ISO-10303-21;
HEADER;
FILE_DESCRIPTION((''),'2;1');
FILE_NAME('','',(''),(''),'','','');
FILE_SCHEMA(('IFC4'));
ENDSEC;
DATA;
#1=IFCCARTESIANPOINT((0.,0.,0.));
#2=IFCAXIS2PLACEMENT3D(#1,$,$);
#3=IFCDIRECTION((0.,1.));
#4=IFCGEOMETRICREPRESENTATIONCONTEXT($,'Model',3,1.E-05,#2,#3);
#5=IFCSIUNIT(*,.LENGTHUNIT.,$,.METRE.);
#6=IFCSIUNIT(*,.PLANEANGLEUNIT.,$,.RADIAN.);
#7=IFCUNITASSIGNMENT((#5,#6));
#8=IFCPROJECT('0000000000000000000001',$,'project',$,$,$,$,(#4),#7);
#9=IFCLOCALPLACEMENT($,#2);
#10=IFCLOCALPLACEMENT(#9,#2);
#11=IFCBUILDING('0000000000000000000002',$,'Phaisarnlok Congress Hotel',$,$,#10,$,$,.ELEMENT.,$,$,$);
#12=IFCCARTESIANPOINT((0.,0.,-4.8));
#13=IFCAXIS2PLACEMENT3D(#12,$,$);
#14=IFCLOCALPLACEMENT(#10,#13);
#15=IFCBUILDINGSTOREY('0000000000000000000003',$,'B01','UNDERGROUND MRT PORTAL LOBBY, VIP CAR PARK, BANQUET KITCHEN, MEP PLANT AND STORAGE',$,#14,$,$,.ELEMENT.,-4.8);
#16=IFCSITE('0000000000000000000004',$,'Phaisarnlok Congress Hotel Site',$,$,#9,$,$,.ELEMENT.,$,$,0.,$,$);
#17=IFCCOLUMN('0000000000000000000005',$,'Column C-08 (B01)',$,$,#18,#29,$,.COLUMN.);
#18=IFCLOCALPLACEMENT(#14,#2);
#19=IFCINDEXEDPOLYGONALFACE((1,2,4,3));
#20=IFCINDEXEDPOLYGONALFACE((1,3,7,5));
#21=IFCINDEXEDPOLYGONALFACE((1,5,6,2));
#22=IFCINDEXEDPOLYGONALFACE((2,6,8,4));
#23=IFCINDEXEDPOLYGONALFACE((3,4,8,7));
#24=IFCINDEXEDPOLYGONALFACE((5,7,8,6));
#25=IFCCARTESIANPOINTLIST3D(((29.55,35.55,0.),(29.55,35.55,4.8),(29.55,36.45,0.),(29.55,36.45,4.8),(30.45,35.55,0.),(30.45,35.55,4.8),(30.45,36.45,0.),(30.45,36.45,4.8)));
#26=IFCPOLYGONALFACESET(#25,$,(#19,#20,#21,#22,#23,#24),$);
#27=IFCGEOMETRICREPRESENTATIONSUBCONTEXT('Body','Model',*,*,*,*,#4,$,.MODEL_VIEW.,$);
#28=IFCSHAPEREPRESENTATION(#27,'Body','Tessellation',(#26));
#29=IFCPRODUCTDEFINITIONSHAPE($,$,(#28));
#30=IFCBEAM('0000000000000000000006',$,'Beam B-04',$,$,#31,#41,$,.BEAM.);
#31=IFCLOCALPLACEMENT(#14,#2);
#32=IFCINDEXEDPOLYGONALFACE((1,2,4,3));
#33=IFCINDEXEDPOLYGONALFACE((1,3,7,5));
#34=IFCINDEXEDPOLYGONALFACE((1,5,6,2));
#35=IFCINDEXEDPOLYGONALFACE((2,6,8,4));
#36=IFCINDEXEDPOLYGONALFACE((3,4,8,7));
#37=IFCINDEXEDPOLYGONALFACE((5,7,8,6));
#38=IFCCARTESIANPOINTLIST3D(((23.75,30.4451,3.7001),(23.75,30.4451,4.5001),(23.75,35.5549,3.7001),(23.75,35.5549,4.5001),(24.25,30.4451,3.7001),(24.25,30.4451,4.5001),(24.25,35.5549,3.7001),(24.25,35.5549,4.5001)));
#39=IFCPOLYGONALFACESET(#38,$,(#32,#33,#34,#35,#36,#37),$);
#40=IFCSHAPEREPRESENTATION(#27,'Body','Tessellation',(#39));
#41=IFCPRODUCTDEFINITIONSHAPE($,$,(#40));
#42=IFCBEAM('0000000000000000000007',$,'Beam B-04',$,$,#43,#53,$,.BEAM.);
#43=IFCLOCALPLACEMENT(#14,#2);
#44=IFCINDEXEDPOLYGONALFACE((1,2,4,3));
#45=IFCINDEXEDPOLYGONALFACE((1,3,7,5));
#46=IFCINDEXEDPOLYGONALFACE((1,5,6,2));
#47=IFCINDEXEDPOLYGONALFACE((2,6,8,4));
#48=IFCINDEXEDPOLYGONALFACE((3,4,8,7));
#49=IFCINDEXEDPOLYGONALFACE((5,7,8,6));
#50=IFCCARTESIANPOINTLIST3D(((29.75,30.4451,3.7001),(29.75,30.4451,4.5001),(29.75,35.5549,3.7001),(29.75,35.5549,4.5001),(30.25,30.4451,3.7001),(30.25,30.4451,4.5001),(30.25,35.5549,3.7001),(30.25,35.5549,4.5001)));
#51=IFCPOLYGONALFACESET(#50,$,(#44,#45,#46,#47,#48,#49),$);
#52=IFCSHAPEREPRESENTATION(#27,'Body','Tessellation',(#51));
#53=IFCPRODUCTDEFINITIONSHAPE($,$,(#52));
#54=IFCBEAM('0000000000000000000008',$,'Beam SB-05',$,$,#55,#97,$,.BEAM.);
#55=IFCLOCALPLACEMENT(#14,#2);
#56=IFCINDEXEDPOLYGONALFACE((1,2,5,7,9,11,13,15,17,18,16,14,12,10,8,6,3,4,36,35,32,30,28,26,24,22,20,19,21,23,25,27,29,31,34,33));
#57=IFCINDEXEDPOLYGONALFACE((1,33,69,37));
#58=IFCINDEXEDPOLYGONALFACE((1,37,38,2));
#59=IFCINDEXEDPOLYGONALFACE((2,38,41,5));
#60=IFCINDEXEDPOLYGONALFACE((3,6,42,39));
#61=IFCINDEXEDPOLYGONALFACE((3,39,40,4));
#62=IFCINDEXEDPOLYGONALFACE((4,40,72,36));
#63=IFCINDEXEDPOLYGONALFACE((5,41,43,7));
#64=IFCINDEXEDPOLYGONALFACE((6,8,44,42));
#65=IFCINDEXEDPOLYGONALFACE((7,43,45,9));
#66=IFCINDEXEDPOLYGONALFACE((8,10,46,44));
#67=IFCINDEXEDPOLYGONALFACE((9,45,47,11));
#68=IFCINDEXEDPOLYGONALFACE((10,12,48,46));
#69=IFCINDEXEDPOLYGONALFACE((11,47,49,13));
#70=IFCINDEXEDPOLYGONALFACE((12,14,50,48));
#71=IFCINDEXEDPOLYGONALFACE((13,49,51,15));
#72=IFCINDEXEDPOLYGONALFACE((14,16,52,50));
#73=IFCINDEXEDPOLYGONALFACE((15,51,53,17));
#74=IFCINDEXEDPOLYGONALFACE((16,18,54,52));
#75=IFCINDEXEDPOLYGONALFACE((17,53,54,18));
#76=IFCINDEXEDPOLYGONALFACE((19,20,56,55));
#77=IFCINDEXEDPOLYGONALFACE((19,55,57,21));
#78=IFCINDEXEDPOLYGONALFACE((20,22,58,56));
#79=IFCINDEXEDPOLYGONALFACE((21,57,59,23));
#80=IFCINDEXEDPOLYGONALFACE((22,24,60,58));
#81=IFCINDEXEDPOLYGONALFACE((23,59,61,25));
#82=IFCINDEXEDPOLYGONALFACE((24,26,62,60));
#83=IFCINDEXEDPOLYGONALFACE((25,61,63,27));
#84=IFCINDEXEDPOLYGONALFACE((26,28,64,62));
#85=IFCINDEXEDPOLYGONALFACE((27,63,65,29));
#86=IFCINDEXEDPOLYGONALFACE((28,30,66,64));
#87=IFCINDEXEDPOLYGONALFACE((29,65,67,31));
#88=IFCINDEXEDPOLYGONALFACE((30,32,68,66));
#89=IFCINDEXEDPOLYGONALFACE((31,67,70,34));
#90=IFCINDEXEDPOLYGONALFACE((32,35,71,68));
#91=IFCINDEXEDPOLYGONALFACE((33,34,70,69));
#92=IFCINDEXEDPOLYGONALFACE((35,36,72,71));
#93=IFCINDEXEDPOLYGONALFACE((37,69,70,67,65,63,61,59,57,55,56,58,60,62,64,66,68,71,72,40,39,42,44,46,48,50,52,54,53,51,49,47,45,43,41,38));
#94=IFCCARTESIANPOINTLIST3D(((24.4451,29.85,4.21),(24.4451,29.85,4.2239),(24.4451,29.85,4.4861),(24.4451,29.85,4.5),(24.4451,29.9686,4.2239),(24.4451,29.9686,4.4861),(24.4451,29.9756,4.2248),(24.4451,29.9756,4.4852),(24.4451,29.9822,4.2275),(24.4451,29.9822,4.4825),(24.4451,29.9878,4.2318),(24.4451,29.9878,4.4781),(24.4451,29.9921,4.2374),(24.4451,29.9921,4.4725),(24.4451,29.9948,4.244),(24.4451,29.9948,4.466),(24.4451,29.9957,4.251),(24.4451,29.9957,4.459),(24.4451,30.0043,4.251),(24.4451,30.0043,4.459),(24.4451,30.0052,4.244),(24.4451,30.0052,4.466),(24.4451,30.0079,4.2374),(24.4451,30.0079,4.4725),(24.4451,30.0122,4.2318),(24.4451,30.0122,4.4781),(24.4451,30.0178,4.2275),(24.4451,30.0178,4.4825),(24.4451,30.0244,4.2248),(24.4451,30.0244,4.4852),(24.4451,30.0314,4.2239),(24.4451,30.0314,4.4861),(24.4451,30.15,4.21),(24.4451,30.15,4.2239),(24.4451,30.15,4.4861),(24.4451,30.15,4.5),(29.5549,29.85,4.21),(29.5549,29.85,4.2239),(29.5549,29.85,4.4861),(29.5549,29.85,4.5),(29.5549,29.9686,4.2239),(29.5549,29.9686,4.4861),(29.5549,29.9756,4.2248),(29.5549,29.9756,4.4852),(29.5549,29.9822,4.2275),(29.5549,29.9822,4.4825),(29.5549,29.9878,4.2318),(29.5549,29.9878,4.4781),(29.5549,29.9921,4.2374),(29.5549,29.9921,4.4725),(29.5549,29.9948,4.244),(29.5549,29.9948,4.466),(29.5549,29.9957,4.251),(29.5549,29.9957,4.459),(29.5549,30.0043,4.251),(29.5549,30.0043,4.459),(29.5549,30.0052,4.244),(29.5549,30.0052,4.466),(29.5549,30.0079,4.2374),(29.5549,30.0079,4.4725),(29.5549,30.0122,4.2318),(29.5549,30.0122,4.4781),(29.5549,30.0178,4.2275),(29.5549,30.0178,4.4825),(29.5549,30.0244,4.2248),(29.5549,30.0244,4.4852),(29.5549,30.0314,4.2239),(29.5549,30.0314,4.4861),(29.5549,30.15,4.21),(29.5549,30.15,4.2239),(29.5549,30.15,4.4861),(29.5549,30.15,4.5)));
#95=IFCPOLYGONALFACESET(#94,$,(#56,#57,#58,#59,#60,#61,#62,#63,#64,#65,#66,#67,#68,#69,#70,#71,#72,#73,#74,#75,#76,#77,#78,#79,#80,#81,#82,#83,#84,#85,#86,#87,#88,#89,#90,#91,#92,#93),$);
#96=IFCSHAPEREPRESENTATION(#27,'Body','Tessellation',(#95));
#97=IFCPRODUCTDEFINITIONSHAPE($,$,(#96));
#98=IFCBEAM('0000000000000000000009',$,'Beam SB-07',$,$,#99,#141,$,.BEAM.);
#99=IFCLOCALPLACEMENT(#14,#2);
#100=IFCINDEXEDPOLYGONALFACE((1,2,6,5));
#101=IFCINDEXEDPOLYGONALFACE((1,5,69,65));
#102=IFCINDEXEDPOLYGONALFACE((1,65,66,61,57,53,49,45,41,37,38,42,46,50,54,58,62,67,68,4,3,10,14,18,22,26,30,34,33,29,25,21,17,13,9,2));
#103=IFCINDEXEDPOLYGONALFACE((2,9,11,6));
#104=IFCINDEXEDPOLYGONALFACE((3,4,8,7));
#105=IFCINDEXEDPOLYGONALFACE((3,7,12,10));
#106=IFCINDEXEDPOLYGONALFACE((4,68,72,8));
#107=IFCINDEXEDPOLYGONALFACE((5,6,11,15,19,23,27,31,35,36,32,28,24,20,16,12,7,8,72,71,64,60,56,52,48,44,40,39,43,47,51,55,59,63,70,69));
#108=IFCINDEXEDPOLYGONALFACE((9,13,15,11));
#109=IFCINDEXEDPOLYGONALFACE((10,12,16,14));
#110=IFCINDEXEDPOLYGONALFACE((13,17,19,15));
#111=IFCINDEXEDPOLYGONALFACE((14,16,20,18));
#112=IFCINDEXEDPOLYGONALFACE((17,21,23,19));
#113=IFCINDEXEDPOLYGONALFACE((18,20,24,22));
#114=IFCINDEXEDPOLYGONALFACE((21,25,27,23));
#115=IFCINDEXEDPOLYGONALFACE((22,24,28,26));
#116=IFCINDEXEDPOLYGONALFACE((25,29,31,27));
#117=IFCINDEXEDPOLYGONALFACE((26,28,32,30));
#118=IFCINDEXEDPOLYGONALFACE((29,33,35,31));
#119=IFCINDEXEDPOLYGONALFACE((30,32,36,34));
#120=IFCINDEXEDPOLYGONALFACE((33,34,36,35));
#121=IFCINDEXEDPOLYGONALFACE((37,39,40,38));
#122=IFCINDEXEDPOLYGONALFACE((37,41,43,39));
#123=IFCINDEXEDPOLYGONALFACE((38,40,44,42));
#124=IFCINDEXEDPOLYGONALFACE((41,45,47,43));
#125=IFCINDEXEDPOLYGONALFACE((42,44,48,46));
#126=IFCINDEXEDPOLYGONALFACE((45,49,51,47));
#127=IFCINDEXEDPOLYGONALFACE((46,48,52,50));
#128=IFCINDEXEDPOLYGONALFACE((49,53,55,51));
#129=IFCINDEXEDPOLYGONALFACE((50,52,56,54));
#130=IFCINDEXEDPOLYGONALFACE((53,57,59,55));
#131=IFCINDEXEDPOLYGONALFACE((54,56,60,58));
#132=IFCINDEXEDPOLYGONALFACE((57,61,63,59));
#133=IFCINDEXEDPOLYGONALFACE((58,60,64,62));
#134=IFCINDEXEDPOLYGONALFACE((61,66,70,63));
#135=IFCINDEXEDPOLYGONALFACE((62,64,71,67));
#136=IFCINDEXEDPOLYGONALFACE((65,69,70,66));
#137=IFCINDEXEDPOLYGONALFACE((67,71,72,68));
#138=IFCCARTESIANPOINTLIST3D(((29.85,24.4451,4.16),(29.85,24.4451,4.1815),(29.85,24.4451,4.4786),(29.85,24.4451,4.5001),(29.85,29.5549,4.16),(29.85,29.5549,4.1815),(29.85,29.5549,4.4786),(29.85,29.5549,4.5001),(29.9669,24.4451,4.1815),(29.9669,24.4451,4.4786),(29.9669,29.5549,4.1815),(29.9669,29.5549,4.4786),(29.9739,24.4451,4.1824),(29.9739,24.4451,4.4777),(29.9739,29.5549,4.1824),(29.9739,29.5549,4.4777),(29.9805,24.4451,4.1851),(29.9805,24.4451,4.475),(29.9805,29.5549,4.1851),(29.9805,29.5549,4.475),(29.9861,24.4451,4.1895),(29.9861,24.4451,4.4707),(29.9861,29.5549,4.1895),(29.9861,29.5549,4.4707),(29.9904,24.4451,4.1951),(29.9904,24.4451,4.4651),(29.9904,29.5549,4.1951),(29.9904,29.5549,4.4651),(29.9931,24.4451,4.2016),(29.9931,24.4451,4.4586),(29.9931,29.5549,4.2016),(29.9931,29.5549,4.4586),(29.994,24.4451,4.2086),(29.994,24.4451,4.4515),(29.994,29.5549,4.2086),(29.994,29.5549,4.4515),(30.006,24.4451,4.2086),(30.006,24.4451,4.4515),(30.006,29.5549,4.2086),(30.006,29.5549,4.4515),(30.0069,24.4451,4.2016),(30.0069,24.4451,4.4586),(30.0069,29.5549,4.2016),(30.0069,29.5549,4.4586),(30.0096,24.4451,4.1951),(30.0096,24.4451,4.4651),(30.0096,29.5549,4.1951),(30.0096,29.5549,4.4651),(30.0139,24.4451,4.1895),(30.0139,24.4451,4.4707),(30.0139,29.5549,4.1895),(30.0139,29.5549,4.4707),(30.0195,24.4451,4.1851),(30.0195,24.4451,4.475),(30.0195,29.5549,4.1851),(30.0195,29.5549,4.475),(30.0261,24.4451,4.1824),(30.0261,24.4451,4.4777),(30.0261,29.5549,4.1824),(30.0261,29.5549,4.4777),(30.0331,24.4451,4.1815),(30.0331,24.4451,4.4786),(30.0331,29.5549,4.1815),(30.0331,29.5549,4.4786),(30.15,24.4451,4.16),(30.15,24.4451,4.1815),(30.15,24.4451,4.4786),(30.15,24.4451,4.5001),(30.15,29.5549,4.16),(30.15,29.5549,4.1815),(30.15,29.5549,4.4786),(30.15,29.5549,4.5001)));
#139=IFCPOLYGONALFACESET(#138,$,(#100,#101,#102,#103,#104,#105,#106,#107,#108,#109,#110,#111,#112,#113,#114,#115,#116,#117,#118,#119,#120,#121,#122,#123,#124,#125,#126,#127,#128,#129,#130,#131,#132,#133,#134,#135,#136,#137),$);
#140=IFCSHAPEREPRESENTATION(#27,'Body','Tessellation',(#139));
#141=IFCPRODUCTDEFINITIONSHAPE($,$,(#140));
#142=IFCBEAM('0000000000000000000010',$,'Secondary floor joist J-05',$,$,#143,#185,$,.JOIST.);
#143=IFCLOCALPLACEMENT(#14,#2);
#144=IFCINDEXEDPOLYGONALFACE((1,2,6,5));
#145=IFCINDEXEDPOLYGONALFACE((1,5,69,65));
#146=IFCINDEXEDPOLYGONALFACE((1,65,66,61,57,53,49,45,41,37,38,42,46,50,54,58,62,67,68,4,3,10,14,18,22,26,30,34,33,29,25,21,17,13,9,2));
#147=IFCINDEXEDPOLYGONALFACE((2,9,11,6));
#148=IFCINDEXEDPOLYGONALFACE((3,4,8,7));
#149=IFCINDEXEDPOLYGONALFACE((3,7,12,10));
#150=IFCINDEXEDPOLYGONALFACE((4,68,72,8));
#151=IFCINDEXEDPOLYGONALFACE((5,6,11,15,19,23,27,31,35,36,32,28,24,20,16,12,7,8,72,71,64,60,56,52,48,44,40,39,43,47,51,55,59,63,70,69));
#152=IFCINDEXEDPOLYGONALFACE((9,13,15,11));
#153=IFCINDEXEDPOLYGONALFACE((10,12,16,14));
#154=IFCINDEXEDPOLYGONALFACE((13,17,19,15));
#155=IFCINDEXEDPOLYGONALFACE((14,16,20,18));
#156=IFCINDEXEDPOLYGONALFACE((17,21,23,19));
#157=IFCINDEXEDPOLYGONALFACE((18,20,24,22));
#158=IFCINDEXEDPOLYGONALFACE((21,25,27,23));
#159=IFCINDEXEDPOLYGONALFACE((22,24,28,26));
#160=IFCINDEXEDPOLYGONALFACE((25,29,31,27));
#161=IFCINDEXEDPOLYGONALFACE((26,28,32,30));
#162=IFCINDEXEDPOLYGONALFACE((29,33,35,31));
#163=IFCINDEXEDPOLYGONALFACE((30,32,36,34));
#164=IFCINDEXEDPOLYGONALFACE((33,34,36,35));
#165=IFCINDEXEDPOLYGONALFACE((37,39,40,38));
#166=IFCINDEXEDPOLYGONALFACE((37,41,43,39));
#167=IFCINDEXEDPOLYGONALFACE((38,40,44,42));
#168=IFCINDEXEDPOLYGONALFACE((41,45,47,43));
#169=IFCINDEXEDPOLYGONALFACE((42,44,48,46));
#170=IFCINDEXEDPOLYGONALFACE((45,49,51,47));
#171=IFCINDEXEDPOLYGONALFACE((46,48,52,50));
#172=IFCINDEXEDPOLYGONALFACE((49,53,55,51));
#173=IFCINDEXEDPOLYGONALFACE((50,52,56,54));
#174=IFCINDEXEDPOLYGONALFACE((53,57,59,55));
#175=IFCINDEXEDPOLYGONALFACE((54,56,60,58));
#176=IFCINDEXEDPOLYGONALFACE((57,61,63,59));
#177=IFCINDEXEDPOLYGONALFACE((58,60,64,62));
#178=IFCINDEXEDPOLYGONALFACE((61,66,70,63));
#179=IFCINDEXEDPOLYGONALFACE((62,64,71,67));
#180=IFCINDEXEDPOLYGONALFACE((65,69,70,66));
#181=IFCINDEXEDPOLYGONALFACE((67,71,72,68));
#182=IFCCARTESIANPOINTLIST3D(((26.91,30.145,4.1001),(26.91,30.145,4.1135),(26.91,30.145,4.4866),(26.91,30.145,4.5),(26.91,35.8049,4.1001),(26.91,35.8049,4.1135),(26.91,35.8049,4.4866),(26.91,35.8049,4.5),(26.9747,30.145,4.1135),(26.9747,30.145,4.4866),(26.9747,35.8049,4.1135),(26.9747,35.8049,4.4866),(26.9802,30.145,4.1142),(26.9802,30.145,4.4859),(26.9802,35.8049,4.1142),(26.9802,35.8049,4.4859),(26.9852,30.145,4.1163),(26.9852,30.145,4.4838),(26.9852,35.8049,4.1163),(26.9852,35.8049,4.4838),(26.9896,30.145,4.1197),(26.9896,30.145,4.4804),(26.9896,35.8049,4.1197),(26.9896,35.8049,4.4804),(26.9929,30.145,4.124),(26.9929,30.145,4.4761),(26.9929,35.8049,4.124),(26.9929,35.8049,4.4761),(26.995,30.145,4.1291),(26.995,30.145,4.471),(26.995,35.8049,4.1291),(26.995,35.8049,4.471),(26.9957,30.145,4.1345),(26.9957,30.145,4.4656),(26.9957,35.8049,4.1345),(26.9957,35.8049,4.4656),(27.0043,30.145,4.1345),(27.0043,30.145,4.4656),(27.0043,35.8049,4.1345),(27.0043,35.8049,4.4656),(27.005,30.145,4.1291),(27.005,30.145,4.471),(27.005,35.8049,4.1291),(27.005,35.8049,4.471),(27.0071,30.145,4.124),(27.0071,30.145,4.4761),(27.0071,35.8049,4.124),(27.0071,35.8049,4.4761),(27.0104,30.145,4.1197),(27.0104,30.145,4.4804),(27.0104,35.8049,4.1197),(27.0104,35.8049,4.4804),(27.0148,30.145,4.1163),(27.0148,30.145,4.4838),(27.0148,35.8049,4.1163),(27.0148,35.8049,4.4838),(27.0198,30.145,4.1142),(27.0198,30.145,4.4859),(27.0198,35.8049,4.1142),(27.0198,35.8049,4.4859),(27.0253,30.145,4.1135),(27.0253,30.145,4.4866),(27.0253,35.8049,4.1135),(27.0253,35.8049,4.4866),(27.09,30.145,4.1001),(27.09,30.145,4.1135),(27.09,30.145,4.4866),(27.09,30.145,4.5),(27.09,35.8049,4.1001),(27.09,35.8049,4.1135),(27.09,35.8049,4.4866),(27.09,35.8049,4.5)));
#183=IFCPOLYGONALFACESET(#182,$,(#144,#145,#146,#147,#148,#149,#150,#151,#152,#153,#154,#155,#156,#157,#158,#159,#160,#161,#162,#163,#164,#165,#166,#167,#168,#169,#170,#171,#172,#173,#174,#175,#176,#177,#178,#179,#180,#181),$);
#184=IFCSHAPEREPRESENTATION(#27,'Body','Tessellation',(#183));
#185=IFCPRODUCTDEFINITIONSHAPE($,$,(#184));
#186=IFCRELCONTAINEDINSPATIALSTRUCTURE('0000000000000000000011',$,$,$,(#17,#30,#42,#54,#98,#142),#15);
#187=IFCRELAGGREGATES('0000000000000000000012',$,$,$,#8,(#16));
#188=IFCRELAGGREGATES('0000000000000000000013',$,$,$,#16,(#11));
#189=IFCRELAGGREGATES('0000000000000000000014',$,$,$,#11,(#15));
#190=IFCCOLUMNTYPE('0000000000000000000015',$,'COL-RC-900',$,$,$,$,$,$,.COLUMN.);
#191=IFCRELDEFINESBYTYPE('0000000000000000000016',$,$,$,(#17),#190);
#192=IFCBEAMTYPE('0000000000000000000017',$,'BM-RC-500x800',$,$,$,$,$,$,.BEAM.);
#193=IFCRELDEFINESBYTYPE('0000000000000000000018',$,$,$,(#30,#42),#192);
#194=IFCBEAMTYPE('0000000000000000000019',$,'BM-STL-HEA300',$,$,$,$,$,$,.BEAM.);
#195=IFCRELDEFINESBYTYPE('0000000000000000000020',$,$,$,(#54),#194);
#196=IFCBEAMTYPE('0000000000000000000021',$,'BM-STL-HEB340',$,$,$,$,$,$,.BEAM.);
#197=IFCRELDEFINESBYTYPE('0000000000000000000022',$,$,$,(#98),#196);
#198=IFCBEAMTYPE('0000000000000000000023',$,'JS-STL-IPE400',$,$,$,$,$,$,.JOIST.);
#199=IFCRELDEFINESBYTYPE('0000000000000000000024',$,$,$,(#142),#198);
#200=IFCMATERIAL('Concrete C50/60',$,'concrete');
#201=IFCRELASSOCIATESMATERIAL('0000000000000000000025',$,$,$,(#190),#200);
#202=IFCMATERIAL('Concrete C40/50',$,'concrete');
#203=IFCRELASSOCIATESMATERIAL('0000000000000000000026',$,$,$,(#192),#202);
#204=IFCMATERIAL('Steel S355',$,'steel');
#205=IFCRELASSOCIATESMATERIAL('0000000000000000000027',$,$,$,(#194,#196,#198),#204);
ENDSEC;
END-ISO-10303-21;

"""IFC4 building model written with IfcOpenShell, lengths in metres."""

from ifc_helpers import new_model, si_unit, direction, frame, origin, origin_2d, place, context, subcontext, project, spatial, rectangle, i_section, extrude, material, material_profile, profile_set, type_object, element, save


model = new_model("IFC4")

# Units and contexts
model_context = context("Model", 3, precision=1e-05, world=origin(), true_north=direction((0.0, 1.0)))
body_context = subcontext(model_context, "Body", "Model", "MODEL_VIEW")
ifc_project = project(units=[si_unit("LENGTHUNIT", "METRE"), si_unit("PLANEANGLEUNIT", "RADIAN")], contexts=[model_context])

# Site, building, storey
site_placement = place(None, origin())
site = spatial("IfcSite", under=ifc_project, at=site_placement, Name="Phaisarnlok Congress Hotel Site", CompositionType="ELEMENT", RefElevation=0.0)
building_placement = place(site_placement, origin())
building = spatial("IfcBuilding", under=site, at=building_placement, Name="Phaisarnlok Congress Hotel", CompositionType="ELEMENT")
storey_placement = place(building_placement, frame((0.0, 0.0, -4.8)))
storey = spatial("IfcBuildingStorey", under=building, at=storey_placement, Name="B01", Description="UNDERGROUND MRT PORTAL LOBBY, VIP CAR PARK, BANQUET KITCHEN, MEP PLANT AND STORAGE", CompositionType="ELEMENT", Elevation=-4.8)

# Shared definitions
ifc_material_1 = material(Name="Concrete C40/50", Category="concrete")

# Column
ifc_material_2 = material(Name="Concrete C50/60", Category="concrete")
ifc_material_profile_1 = material_profile(ifc_material_2, rectangle(XDim=0.8999, YDim=0.8999, at=origin_2d()), Name="RC 900x900")
ifc_profile_set_1 = profile_set([ifc_material_profile_1], Name="Concrete C50/60")
column_type = type_object("IfcColumnType", Name="COL-RC-900", PredefinedType="COLUMN", material=ifc_profile_set_1)
for number, where, z_axis, x_axis, name in (
    (1, (30.0, 36.0, 0.0), (0.0, 0.0, 1.0), (1.0, 0.0, 0.0), "Column C-08 (B01)"),
):
    element("IfcColumn", number, at=place(storey_placement, frame(where, z_axis=z_axis, x_axis=x_axis)), inside=storey, type_object=column_type, Name=name, PredefinedType="COLUMN", context=body_context, shape_type="SweptSolid", body=[
        extrude(rectangle(XDim=0.8999, YDim=0.8999, at=origin_2d()), origin(), (0.0, 0.0, 1.0), 4.8),
    ])

# Beams
ifc_material_profile_2 = material_profile(ifc_material_1, rectangle(XDim=0.5, YDim=0.8, at=origin_2d()), Name="RC 500x800")
ifc_profile_set_2 = profile_set([ifc_material_profile_2], Name="Concrete C40/50")
beam_type_1 = type_object("IfcBeamType", Name="BM-RC-500x800", PredefinedType="BEAM", material=ifc_profile_set_2)
for number, where, z_axis, x_axis, name in (
    (2, (24.0, 30.4451, 4.1001), (0.0, 1.0, 0.0), (-1.0, 0.0, 0.0), "Beam B-04"),
    (3, (30.0, 30.4451, 4.1001), (0.0, 1.0, 0.0), (-1.0, 0.0, 0.0), "Beam B-04"),
):
    element("IfcBeam", number, at=place(storey_placement, frame(where, z_axis=z_axis, x_axis=x_axis)), inside=storey, type_object=beam_type_1, Name=name, PredefinedType="BEAM", context=body_context, shape_type="SweptSolid", body=[
        extrude(rectangle(XDim=0.5, YDim=0.8, at=origin_2d()), origin(), (0.0, 0.0, 1.0), 5.1099),
    ])
ifc_material_3 = material(Name="Steel S355", Category="steel")
ifc_material_profile_3 = material_profile(ifc_material_3, i_section(OverallWidth=0.3, OverallDepth=0.29, WebThickness=0.0085, FlangeThickness=0.0139, FilletRadius=0.0271, at=origin_2d()), Name="HEA 300")
ifc_profile_set_3 = profile_set([ifc_material_profile_3], Name="Steel S355")
beam_type_2 = type_object("IfcBeamType", Name="BM-STL-HEA300", PredefinedType="BEAM", material=ifc_profile_set_3)
beam_1_placement = place(storey_placement, frame((24.4451, 30.0, 4.355), z_axis=(1.0, 0.0, 0.0), x_axis=(0.0, 1.0, 0.0)))
element("IfcBeam", 4, at=beam_1_placement, inside=storey, type_object=beam_type_2, Name="Beam SB-05", PredefinedType="BEAM", context=body_context, shape_type="SweptSolid", body=[
    extrude(i_section(OverallWidth=0.3, OverallDepth=0.29, WebThickness=0.0085, FlangeThickness=0.0139, FilletRadius=0.0271, at=origin_2d()), origin(), (0.0, 0.0, 1.0), 5.1099),
])
ifc_material_profile_4 = material_profile(ifc_material_3, i_section(OverallWidth=0.3, OverallDepth=0.3401, WebThickness=0.012, FlangeThickness=0.0215, FilletRadius=0.0271, at=origin_2d()), Name="HEB 340")
ifc_profile_set_4 = profile_set([ifc_material_profile_4], Name="Steel S355")
beam_type_3 = type_object("IfcBeamType", Name="BM-STL-HEB340", PredefinedType="BEAM", material=ifc_profile_set_4)
beam_2_placement = place(storey_placement, frame((30.0, 24.4451, 4.3301), z_axis=(0.0, 1.0, 0.0), x_axis=(-1.0, 0.0, 0.0)))
element("IfcBeam", 5, at=beam_2_placement, inside=storey, type_object=beam_type_3, Name="Beam SB-07", PredefinedType="BEAM", context=body_context, shape_type="SweptSolid", body=[
    extrude(i_section(OverallWidth=0.3, OverallDepth=0.3401, WebThickness=0.012, FlangeThickness=0.0215, FilletRadius=0.0271, at=origin_2d()), origin(), (0.0, 0.0, 1.0), 5.1099),
])
ifc_material_profile_5 = material_profile(ifc_material_3, i_section(OverallWidth=0.1799, OverallDepth=0.3999, WebThickness=0.0085, FlangeThickness=0.0134, FilletRadius=0.021, at=origin_2d()), Name="IPE 400")
ifc_profile_set_5 = profile_set([ifc_material_profile_5], Name="Steel S355")
beam_type_4 = type_object("IfcBeamType", Name="JS-STL-IPE400", PredefinedType="JOIST", material=ifc_profile_set_5)
beam_3_placement = place(storey_placement, frame((27.0, 30.145, 4.3), z_axis=(0.0, 1.0, 0.0), x_axis=(-1.0, 0.0, 0.0)))
element("IfcBeam", 6, at=beam_3_placement, inside=storey, type_object=beam_type_4, Name="Secondary floor joist J-05", PredefinedType="JOIST", context=body_context, shape_type="SweptSolid", body=[
    extrude(i_section(OverallWidth=0.1799, OverallDepth=0.3999, WebThickness=0.0085, FlangeThickness=0.0134, FilletRadius=0.021, at=origin_2d()), origin(), (0.0, 0.0, 1.0), 5.6599),
])

save(model, "model.ifc")
